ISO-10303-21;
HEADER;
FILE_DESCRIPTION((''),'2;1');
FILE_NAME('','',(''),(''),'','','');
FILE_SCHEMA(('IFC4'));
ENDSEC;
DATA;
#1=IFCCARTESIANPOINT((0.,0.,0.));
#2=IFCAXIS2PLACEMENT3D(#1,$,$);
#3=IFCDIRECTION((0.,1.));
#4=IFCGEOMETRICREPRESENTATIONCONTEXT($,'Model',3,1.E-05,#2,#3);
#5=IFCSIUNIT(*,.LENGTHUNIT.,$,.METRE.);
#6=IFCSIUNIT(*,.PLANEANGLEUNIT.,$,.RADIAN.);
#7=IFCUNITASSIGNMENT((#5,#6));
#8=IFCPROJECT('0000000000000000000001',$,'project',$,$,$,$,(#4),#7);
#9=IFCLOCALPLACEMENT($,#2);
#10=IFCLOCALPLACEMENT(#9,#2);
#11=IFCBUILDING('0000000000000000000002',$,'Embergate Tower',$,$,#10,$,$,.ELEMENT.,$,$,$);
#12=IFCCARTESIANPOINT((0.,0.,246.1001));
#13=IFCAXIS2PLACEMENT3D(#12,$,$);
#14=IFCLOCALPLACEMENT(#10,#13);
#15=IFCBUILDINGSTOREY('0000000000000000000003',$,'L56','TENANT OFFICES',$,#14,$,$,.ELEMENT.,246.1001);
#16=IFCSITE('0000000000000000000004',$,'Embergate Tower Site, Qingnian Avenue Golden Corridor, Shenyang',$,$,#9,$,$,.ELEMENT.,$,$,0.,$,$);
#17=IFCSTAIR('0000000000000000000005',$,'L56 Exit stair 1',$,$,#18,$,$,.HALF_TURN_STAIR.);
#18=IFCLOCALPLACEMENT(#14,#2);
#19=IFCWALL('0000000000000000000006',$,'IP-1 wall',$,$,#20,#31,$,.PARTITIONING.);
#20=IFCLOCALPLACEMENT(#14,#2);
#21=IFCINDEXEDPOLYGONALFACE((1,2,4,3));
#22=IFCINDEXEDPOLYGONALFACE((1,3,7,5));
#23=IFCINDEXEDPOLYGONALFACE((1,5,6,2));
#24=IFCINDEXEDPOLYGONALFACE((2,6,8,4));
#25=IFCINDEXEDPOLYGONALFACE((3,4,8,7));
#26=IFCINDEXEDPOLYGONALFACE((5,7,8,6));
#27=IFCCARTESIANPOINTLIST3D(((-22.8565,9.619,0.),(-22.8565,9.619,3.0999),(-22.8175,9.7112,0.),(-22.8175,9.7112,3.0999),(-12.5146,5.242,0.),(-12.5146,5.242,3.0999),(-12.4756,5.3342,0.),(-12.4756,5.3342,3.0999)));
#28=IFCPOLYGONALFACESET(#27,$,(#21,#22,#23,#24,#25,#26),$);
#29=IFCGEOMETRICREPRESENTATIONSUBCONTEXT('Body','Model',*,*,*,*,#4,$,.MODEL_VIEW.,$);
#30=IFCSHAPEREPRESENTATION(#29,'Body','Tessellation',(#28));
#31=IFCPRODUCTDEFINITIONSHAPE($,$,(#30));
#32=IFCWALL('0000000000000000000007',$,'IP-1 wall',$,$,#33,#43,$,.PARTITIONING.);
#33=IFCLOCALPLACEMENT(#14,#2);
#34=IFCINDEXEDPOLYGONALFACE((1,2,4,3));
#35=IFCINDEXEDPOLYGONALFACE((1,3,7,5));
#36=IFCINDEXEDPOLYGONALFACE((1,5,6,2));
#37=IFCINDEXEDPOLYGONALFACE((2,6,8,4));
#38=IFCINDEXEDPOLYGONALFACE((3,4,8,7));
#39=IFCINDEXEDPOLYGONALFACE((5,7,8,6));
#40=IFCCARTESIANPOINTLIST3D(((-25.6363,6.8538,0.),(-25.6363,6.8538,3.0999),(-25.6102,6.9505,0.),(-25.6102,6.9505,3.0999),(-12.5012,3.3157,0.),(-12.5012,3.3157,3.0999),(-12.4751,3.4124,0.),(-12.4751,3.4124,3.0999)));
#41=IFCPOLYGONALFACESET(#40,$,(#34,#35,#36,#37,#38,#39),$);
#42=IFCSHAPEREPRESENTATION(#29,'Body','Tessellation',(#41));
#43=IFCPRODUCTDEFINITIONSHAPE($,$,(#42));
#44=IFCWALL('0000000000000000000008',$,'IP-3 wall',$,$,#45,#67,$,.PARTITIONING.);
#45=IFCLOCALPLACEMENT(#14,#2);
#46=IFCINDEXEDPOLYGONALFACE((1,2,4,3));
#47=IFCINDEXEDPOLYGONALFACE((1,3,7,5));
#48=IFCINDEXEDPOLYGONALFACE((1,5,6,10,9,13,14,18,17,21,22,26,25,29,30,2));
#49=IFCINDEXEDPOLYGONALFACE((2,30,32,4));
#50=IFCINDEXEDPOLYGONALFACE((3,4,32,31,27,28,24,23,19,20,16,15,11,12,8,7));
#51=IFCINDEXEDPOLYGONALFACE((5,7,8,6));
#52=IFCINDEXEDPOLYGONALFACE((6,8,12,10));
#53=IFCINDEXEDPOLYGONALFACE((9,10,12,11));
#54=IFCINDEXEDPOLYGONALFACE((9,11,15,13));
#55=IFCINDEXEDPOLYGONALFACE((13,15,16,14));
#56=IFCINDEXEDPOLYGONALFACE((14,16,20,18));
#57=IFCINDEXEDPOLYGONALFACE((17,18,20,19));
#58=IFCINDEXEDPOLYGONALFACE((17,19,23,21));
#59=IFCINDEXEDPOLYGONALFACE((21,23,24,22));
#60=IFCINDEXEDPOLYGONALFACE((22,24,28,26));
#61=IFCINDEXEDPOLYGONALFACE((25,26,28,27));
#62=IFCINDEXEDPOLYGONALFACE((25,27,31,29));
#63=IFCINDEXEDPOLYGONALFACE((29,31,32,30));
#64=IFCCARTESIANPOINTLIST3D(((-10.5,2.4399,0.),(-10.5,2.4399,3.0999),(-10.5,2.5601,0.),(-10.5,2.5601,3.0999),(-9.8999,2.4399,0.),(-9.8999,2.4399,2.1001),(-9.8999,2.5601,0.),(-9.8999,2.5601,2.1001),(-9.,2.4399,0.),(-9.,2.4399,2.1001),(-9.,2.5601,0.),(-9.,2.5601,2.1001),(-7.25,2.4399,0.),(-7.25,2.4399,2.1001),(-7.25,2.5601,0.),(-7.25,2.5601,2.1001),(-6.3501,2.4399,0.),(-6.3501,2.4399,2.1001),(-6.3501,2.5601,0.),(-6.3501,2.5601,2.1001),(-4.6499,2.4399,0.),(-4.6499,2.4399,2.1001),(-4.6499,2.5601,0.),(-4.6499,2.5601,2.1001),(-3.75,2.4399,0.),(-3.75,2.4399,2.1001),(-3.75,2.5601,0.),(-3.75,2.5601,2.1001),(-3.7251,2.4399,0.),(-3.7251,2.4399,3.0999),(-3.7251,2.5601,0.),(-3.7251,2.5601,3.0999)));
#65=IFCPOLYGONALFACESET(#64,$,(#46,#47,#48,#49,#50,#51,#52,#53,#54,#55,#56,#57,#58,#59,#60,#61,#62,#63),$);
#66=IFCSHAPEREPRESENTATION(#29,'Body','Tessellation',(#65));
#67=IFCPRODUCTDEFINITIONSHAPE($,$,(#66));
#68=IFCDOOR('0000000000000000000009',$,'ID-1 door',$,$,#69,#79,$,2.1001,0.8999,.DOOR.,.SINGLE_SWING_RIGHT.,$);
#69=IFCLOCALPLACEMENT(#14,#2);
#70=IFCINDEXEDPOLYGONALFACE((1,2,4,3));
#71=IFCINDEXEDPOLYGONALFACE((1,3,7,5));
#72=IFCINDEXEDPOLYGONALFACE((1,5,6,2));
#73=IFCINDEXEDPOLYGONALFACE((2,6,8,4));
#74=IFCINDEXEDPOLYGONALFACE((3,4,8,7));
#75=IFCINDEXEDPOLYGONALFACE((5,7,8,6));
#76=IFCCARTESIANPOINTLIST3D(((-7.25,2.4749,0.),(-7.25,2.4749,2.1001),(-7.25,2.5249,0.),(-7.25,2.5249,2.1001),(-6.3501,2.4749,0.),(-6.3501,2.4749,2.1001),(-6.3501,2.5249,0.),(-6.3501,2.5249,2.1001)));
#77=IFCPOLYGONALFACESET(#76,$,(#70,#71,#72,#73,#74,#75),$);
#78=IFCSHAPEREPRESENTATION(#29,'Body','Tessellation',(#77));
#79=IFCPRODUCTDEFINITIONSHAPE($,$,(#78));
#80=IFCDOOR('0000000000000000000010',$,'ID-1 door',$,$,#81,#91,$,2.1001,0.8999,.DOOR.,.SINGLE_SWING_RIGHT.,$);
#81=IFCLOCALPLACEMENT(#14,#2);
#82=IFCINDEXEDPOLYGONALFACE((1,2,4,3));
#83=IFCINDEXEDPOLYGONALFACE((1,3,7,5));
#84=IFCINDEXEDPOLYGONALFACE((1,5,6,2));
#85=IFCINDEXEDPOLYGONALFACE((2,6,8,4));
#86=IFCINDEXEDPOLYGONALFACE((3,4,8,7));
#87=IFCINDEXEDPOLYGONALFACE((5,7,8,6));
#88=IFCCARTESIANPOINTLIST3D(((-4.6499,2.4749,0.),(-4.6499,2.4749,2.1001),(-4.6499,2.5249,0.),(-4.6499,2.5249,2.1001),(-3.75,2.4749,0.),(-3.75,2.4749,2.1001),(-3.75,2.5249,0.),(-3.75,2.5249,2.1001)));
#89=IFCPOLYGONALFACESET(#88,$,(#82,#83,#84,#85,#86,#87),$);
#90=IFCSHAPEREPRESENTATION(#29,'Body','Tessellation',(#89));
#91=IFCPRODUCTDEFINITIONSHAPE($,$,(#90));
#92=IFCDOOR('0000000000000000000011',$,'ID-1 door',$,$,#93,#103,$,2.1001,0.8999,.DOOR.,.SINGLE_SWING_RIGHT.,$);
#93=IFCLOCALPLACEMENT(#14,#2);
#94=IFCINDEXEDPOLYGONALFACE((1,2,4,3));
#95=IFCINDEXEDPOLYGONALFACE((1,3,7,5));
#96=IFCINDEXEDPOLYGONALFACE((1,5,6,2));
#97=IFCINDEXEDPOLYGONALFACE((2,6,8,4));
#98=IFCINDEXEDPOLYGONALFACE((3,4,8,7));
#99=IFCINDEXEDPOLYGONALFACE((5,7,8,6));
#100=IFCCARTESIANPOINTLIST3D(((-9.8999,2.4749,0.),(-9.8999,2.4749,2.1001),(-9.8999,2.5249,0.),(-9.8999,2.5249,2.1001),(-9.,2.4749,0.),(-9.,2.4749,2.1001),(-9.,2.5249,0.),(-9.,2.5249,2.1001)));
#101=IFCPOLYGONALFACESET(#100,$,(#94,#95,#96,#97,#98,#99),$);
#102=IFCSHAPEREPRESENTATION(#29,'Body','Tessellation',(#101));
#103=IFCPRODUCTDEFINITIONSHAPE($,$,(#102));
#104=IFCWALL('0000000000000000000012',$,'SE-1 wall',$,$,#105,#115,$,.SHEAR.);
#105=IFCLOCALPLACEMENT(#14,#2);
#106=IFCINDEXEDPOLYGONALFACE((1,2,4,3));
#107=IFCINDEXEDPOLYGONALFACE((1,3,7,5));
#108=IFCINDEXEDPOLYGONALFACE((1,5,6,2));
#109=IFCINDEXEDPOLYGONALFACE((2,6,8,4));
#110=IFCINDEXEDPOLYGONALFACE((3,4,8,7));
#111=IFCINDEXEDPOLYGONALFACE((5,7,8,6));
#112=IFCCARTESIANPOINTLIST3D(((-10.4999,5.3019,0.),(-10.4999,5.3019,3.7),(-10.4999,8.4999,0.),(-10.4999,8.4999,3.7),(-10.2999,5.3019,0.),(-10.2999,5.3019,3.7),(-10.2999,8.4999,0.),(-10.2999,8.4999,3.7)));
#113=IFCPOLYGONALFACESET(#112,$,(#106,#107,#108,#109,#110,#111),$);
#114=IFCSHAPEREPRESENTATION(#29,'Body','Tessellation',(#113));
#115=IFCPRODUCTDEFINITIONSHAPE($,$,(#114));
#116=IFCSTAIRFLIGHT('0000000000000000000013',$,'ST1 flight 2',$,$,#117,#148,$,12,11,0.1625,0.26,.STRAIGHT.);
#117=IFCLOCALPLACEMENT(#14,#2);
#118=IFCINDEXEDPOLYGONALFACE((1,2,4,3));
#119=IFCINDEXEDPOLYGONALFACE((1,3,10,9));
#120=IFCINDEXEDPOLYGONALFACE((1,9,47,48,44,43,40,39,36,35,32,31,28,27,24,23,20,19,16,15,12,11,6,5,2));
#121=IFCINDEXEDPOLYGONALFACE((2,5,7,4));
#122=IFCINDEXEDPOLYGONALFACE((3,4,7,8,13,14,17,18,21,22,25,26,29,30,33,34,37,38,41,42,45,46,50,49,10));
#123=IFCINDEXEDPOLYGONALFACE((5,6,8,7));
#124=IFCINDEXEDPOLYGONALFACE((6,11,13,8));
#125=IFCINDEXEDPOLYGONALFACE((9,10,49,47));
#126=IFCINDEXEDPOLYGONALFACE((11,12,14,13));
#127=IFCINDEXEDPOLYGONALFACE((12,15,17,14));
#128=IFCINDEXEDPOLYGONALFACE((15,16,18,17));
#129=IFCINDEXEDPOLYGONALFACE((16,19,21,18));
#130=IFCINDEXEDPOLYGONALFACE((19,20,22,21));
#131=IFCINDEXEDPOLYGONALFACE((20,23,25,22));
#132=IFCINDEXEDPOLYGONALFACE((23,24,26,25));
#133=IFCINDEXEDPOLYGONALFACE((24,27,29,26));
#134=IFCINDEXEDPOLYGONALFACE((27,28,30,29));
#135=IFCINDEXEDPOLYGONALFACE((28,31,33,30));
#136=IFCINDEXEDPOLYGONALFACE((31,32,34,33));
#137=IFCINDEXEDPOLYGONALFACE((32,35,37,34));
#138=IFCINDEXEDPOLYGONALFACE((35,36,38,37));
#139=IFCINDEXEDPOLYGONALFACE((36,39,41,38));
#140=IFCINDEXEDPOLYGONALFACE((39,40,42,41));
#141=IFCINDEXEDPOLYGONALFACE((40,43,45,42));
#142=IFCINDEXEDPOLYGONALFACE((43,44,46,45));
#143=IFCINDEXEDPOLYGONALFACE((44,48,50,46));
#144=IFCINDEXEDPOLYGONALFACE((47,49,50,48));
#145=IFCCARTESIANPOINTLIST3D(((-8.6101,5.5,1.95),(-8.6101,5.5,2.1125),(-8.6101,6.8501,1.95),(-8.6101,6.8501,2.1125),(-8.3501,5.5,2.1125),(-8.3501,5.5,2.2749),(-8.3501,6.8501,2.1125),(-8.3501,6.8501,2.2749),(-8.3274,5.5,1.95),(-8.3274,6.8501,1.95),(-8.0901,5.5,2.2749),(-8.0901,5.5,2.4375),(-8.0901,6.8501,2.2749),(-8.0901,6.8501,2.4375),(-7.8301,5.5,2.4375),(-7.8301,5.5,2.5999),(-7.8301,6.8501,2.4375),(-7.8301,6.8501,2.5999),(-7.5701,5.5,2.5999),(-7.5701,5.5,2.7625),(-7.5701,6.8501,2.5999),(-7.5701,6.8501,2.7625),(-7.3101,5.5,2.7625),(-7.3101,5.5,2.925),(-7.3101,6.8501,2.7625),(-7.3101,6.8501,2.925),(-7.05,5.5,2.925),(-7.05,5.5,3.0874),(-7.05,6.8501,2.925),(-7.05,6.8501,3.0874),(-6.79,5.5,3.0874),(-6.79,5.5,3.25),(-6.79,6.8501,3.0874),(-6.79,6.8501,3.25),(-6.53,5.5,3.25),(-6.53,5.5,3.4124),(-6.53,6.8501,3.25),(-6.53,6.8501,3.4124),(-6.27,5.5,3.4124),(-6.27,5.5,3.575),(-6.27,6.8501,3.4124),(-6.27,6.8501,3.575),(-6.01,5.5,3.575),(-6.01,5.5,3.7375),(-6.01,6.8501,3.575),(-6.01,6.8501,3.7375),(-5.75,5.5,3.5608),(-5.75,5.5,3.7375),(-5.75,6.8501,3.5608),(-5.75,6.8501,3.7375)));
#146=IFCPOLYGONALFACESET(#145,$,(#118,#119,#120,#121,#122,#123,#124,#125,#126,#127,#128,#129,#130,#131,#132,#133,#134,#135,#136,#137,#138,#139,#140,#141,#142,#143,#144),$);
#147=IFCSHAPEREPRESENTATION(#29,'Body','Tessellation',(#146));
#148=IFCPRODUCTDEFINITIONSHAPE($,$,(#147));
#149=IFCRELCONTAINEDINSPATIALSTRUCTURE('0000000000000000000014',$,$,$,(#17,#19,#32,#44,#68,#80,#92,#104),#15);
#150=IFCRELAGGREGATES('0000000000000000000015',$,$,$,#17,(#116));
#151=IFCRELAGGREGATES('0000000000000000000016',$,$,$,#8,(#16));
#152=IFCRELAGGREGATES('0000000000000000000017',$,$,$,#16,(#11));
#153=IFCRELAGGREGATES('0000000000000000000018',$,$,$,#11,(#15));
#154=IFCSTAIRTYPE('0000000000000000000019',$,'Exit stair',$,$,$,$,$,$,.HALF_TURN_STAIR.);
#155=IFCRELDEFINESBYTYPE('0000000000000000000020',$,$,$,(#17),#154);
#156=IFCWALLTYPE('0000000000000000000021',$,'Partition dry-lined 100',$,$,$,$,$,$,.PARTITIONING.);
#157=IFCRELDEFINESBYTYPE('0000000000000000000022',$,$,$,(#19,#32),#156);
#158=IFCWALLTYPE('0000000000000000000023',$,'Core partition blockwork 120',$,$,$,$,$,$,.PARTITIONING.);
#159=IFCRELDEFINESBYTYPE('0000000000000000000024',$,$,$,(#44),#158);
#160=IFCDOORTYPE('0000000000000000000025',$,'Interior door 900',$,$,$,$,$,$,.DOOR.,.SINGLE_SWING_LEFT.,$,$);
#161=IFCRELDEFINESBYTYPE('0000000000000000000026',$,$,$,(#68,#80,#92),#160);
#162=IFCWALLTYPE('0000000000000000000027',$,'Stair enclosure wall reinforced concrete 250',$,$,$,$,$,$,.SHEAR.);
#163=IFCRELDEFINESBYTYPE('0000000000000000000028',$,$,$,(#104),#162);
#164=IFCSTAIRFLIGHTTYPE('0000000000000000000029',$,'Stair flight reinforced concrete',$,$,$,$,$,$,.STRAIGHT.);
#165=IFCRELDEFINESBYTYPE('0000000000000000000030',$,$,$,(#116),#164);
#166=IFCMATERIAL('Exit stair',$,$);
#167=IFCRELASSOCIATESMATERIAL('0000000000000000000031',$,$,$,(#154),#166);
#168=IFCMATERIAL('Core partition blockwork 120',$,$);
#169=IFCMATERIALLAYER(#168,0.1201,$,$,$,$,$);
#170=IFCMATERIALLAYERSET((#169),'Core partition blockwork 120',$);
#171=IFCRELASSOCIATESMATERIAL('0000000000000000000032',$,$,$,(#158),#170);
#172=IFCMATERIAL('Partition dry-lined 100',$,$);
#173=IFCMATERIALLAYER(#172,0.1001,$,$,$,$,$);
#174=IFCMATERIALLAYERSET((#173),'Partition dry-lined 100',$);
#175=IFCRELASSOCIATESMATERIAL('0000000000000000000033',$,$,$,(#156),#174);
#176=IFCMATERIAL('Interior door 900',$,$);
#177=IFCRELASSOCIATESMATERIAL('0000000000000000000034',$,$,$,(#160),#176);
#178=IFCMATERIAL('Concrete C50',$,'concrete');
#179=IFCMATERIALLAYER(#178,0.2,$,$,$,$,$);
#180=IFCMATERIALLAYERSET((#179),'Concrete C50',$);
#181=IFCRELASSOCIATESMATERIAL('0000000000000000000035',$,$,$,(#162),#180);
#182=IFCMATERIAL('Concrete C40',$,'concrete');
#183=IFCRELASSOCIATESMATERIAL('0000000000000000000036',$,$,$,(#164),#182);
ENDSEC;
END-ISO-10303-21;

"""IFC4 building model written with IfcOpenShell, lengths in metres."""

from ifc_helpers import new_model, si_unit, direction, frame, frame_2d, origin, place, context, subcontext, project, spatial, polyline, rectangle, outline, extrude, source, transform, mapped, material, layer, layer_set, type_object, element, fill, aggregate, save


model = new_model("IFC4")

# Units and contexts
model_context = context("Model", 3, precision=1e-05, world=origin(), true_north=direction((0.0, 1.0)))
body_context = subcontext(model_context, "Body", "Model", "MODEL_VIEW")
ifc_project = project(units=[si_unit("LENGTHUNIT", "METRE"), si_unit("PLANEANGLEUNIT", "RADIAN")], contexts=[model_context])

# Site, building, storey
site_placement = place(None, origin())
site = spatial("IfcSite", under=ifc_project, at=site_placement, Name="Embergate Tower Site, Qingnian Avenue Golden Corridor, Shenyang", CompositionType="ELEMENT", RefElevation=0.0)
building_placement = place(site_placement, origin())
building = spatial("IfcBuilding", under=site, at=building_placement, Name="Embergate Tower", CompositionType="ELEMENT")
storey_placement = place(building_placement, frame((0.0, 0.0, 246.1001)))
storey = spatial("IfcBuildingStorey", under=building, at=storey_placement, Name="L56", Description="TENANT OFFICES", CompositionType="ELEMENT", Elevation=246.1001)

# Stair
ifc_material_1 = material(Name="Exit stair")
stair_type = type_object("IfcStairType", Name="Exit stair", PredefinedType="HALF_TURN_STAIR", material=ifc_material_1)
stair_placement = place(storey_placement, origin())
stair = element("IfcStair", 1, at=stair_placement, inside=storey, type_object=stair_type, Name="L56 Exit stair 1", PredefinedType="HALF_TURN_STAIR")
ifc_material_2 = material(Name="Concrete C40", Category="concrete")

# Shared definitions
ifc_material_3 = material(Name="Concrete C50", Category="concrete")

# Shared definitions
ifc_material_4 = material(Name="Core partition blockwork 120")
ifc_layer_1 = layer(ifc_material_4, 0.1201)
ifc_layer_set_1 = layer_set([ifc_layer_1], Name="Core partition blockwork 120")
wall_type_1 = type_object("IfcWallType", Name="Core partition blockwork 120", PredefinedType="PARTITIONING", material=ifc_layer_set_1)

# Shared definitions
shared_shape_1 = source(origin(), body_context, "Body", "SweptSolid", [
    extrude(rectangle(XDim=0.8999, YDim=2.1001, at=frame_2d((0.45, 1.05))), frame((0.0, 0.0249, 0.0), z_axis=(0.0, -1.0, 0.0), x_axis=(1.0, 0.0, 0.0)), (0.0, 0.0, 1.0), 0.05),
])

# Walls
ifc_material_5 = material(Name="Partition dry-lined 100")
ifc_layer_2 = layer(ifc_material_5, 0.1001)
ifc_layer_set_2 = layer_set([ifc_layer_2], Name="Partition dry-lined 100")
wall_type_2 = type_object("IfcWallType", Name="Partition dry-lined 100", PredefinedType="PARTITIONING", material=ifc_layer_set_2)
shared_shape_2 = source(origin(), body_context, "Body", "SweptSolid", [
    extrude(rectangle(XDim=11.23, YDim=0.1001, at=frame_2d((5.615, 0.0))), origin(), (0.0, 0.0, 1.0), 3.0999),
])
wall_1_placement = place(storey_placement, frame((-12.4951, 5.2881, 0.0), z_axis=(0.0, 0.0, 1.0), x_axis=(-0.920917, 0.389759, 0.0)))
element("IfcWall", 2, at=wall_1_placement, inside=storey, type_object=wall_type_2, Name="IP-1 wall", PredefinedType="PARTITIONING", context=body_context, shape_type="MappedRepresentation", body=[
    mapped(shared_shape_2, transform((0.0, 0.0, 0.0))),
])
shared_shape_3 = source(origin(), body_context, "Body", "SweptSolid", [
    extrude(rectangle(XDim=13.6033, YDim=0.1001, at=frame_2d((6.8018, 0.0))), origin(), (0.0, 0.0, 1.0), 3.0999),
])
wall_2_placement = place(storey_placement, frame((-12.488, 3.364, 0.0), z_axis=(0.0, 0.0, 1.0), x_axis=(-0.965584, 0.260093, 0.0)))
element("IfcWall", 3, at=wall_2_placement, inside=storey, type_object=wall_type_2, Name="IP-1 wall", PredefinedType="PARTITIONING", context=body_context, shape_type="MappedRepresentation", body=[
    mapped(shared_shape_3, transform((0.0, 0.0, 0.0))),
])

# Wall, openings, doors
shared_shape_4 = source(origin(), body_context, "Body", "SweptSolid", [
    extrude(rectangle(XDim=6.7749, YDim=0.1201, at=frame_2d((3.3875, 0.0))), origin(), (0.0, 0.0, 1.0), 3.0999),
])
wall_3_placement = place(storey_placement, frame((-10.5, 2.5, 0.0), z_axis=(0.0, 0.0, 1.0), x_axis=(1.0, 0.0, 0.0)))
wall_3 = element("IfcWall", 4, at=wall_3_placement, inside=storey, type_object=wall_type_1, Name="IP-3 wall", PredefinedType="PARTITIONING", context=body_context, shape_type="MappedRepresentation", body=[
    mapped(shared_shape_4, transform((0.0, 0.0, 0.0))),
])
shared_shape_5 = source(origin(), body_context, "Body", "SweptSolid", [
    extrude(rectangle(XDim=0.8999, YDim=2.1001, at=frame_2d((0.45, 1.05))), frame((0.0, 0.0701, 0.0), z_axis=(0.0, -1.0, 0.0), x_axis=(1.0, 0.0, 0.0)), (0.0, 0.0, 1.0), 0.1401),
])
opening_1_placement = place(wall_3_placement, frame((3.25, 0.0, 0.0)))
opening_1 = element("IfcOpeningElement", 5, at=opening_1_placement, cuts=wall_3, PredefinedType="OPENING", context=body_context, shape_type="MappedRepresentation", body=[
    mapped(shared_shape_5, transform((0.0, 0.0, 0.0))),
])
opening_2_placement = place(wall_3_placement, frame((5.8501, 0.0, 0.0)))
opening_2 = element("IfcOpeningElement", 6, at=opening_2_placement, cuts=wall_3, PredefinedType="OPENING", context=body_context, shape_type="MappedRepresentation", body=[
    mapped(shared_shape_5, transform((0.0, 0.0, 0.0))),
])
opening_3_placement = place(wall_3_placement, frame((0.6001, 0.0, 0.0)))
opening_3 = element("IfcOpeningElement", 7, at=opening_3_placement, cuts=wall_3, PredefinedType="OPENING", context=body_context, shape_type="MappedRepresentation", body=[
    mapped(shared_shape_5, transform((0.0, 0.0, 0.0))),
])
ifc_material_6 = material(Name="Interior door 900")
door_type_1 = type_object("IfcDoorType", Name="Interior door 900", OperationType="SINGLE_SWING_LEFT", PredefinedType="DOOR", material=ifc_material_6)
door_1_placement = place(opening_1_placement, origin())
door_1 = element("IfcDoor", 8, at=door_1_placement, inside=storey, type_object=door_type_1, Name="ID-1 door", OperationType="SINGLE_SWING_RIGHT", OverallHeight=2.1001, OverallWidth=0.8999, PredefinedType="DOOR", context=body_context, shape_type="MappedRepresentation", body=[
    mapped(shared_shape_1, transform((0.0, 0.0, 0.0))),
])
fill(opening_1, door_1)
door_2_placement = place(opening_2_placement, origin())
door_2 = element("IfcDoor", 9, at=door_2_placement, inside=storey, type_object=door_type_1, Name="ID-1 door", OperationType="SINGLE_SWING_RIGHT", OverallHeight=2.1001, OverallWidth=0.8999, PredefinedType="DOOR", context=body_context, shape_type="MappedRepresentation", body=[
    mapped(shared_shape_1, transform((0.0, 0.0, 0.0))),
])
fill(opening_2, door_2)
door_3_placement = place(opening_3_placement, origin())
door_3 = element("IfcDoor", 10, at=door_3_placement, inside=storey, type_object=door_type_1, Name="ID-1 door", OperationType="SINGLE_SWING_RIGHT", OverallHeight=2.1001, OverallWidth=0.8999, PredefinedType="DOOR", context=body_context, shape_type="MappedRepresentation", body=[
    mapped(shared_shape_1, transform((0.0, 0.0, 0.0))),
])
fill(opening_3, door_3)

# Wall
ifc_layer_3 = layer(ifc_material_3, 0.2)
ifc_layer_set_3 = layer_set([ifc_layer_3], Name="Concrete C50")
wall_type_3 = type_object("IfcWallType", Name="Stair enclosure wall reinforced concrete 250", PredefinedType="SHEAR", material=ifc_layer_set_3)
shared_shape_6 = source(origin(), body_context, "Body", "SweptSolid", [
    extrude(rectangle(XDim=3.198, YDim=0.2, at=frame_2d((1.5991, 0.0))), origin(), (0.0, 0.0, 1.0), 3.7),
])
wall_4_placement = place(storey_placement, frame((-10.3999, 8.5, 0.0), z_axis=(0.0, 0.0, 1.0), x_axis=(0.0, -1.0, 0.0)))
element("IfcWall", 11, at=wall_4_placement, inside=storey, type_object=wall_type_3, Name="SE-1 wall", PredefinedType="SHEAR", context=body_context, shape_type="MappedRepresentation", body=[
    mapped(shared_shape_6, transform((0.0, 0.0, 0.0))),
])

# Stair flight
stair_flight_type = type_object("IfcStairFlightType", Name="Stair flight reinforced concrete", PredefinedType="STRAIGHT", material=ifc_material_2)
shared_shape_7 = source(origin(), body_context, "Body", "SweptSolid", [
    extrude(outline(polyline([(0.0, 0.0), (0.0, 0.1626), (0.26, 0.1626), (0.26, 0.325), (0.52, 0.325), (0.52, 0.4875), (0.78, 0.4875), (0.78, 0.6499), (1.04, 0.6499), (1.04, 0.8125), (1.3, 0.8125), (1.3, 0.9751), (1.5601, 0.9751), (1.5601, 1.1375), (1.8201, 1.1375), (1.8201, 1.3), (2.0801, 1.3), (2.0801, 1.4624), (2.3401, 1.4624), (2.3401, 1.625), (2.6001, 1.625), (2.6001, 1.7876), (2.8601, 1.7876), (2.8601, 1.95), (2.8601, 1.6108), (0.2827, 0.0), (0.0, 0.0)])), frame((0.0, 0.675, 0.0), z_axis=(0.0, -1.0, 0.0), x_axis=(1.0, 0.0, 0.0)), (0.0, 0.0, 1.0), 1.3501),
])
stair_flight_placement = place(storey_placement, frame((-8.6101, 6.175, 1.95), z_axis=(0.0, 0.0, 1.0), x_axis=(1.0, 0.0, 0.0)))
stair_flight = element("IfcStairFlight", 12, at=stair_flight_placement, type_object=stair_flight_type, Name="ST1 flight 2", NumberOfRisers=12, NumberOfTreads=11, PredefinedType="STRAIGHT", RiserHeight=0.1625, TreadLength=0.26, context=body_context, shape_type="MappedRepresentation", body=[
    mapped(shared_shape_7, transform((0.0, 0.0, 0.0))),
])
aggregate(stair, [stair_flight])

save(model, "model.ifc")
